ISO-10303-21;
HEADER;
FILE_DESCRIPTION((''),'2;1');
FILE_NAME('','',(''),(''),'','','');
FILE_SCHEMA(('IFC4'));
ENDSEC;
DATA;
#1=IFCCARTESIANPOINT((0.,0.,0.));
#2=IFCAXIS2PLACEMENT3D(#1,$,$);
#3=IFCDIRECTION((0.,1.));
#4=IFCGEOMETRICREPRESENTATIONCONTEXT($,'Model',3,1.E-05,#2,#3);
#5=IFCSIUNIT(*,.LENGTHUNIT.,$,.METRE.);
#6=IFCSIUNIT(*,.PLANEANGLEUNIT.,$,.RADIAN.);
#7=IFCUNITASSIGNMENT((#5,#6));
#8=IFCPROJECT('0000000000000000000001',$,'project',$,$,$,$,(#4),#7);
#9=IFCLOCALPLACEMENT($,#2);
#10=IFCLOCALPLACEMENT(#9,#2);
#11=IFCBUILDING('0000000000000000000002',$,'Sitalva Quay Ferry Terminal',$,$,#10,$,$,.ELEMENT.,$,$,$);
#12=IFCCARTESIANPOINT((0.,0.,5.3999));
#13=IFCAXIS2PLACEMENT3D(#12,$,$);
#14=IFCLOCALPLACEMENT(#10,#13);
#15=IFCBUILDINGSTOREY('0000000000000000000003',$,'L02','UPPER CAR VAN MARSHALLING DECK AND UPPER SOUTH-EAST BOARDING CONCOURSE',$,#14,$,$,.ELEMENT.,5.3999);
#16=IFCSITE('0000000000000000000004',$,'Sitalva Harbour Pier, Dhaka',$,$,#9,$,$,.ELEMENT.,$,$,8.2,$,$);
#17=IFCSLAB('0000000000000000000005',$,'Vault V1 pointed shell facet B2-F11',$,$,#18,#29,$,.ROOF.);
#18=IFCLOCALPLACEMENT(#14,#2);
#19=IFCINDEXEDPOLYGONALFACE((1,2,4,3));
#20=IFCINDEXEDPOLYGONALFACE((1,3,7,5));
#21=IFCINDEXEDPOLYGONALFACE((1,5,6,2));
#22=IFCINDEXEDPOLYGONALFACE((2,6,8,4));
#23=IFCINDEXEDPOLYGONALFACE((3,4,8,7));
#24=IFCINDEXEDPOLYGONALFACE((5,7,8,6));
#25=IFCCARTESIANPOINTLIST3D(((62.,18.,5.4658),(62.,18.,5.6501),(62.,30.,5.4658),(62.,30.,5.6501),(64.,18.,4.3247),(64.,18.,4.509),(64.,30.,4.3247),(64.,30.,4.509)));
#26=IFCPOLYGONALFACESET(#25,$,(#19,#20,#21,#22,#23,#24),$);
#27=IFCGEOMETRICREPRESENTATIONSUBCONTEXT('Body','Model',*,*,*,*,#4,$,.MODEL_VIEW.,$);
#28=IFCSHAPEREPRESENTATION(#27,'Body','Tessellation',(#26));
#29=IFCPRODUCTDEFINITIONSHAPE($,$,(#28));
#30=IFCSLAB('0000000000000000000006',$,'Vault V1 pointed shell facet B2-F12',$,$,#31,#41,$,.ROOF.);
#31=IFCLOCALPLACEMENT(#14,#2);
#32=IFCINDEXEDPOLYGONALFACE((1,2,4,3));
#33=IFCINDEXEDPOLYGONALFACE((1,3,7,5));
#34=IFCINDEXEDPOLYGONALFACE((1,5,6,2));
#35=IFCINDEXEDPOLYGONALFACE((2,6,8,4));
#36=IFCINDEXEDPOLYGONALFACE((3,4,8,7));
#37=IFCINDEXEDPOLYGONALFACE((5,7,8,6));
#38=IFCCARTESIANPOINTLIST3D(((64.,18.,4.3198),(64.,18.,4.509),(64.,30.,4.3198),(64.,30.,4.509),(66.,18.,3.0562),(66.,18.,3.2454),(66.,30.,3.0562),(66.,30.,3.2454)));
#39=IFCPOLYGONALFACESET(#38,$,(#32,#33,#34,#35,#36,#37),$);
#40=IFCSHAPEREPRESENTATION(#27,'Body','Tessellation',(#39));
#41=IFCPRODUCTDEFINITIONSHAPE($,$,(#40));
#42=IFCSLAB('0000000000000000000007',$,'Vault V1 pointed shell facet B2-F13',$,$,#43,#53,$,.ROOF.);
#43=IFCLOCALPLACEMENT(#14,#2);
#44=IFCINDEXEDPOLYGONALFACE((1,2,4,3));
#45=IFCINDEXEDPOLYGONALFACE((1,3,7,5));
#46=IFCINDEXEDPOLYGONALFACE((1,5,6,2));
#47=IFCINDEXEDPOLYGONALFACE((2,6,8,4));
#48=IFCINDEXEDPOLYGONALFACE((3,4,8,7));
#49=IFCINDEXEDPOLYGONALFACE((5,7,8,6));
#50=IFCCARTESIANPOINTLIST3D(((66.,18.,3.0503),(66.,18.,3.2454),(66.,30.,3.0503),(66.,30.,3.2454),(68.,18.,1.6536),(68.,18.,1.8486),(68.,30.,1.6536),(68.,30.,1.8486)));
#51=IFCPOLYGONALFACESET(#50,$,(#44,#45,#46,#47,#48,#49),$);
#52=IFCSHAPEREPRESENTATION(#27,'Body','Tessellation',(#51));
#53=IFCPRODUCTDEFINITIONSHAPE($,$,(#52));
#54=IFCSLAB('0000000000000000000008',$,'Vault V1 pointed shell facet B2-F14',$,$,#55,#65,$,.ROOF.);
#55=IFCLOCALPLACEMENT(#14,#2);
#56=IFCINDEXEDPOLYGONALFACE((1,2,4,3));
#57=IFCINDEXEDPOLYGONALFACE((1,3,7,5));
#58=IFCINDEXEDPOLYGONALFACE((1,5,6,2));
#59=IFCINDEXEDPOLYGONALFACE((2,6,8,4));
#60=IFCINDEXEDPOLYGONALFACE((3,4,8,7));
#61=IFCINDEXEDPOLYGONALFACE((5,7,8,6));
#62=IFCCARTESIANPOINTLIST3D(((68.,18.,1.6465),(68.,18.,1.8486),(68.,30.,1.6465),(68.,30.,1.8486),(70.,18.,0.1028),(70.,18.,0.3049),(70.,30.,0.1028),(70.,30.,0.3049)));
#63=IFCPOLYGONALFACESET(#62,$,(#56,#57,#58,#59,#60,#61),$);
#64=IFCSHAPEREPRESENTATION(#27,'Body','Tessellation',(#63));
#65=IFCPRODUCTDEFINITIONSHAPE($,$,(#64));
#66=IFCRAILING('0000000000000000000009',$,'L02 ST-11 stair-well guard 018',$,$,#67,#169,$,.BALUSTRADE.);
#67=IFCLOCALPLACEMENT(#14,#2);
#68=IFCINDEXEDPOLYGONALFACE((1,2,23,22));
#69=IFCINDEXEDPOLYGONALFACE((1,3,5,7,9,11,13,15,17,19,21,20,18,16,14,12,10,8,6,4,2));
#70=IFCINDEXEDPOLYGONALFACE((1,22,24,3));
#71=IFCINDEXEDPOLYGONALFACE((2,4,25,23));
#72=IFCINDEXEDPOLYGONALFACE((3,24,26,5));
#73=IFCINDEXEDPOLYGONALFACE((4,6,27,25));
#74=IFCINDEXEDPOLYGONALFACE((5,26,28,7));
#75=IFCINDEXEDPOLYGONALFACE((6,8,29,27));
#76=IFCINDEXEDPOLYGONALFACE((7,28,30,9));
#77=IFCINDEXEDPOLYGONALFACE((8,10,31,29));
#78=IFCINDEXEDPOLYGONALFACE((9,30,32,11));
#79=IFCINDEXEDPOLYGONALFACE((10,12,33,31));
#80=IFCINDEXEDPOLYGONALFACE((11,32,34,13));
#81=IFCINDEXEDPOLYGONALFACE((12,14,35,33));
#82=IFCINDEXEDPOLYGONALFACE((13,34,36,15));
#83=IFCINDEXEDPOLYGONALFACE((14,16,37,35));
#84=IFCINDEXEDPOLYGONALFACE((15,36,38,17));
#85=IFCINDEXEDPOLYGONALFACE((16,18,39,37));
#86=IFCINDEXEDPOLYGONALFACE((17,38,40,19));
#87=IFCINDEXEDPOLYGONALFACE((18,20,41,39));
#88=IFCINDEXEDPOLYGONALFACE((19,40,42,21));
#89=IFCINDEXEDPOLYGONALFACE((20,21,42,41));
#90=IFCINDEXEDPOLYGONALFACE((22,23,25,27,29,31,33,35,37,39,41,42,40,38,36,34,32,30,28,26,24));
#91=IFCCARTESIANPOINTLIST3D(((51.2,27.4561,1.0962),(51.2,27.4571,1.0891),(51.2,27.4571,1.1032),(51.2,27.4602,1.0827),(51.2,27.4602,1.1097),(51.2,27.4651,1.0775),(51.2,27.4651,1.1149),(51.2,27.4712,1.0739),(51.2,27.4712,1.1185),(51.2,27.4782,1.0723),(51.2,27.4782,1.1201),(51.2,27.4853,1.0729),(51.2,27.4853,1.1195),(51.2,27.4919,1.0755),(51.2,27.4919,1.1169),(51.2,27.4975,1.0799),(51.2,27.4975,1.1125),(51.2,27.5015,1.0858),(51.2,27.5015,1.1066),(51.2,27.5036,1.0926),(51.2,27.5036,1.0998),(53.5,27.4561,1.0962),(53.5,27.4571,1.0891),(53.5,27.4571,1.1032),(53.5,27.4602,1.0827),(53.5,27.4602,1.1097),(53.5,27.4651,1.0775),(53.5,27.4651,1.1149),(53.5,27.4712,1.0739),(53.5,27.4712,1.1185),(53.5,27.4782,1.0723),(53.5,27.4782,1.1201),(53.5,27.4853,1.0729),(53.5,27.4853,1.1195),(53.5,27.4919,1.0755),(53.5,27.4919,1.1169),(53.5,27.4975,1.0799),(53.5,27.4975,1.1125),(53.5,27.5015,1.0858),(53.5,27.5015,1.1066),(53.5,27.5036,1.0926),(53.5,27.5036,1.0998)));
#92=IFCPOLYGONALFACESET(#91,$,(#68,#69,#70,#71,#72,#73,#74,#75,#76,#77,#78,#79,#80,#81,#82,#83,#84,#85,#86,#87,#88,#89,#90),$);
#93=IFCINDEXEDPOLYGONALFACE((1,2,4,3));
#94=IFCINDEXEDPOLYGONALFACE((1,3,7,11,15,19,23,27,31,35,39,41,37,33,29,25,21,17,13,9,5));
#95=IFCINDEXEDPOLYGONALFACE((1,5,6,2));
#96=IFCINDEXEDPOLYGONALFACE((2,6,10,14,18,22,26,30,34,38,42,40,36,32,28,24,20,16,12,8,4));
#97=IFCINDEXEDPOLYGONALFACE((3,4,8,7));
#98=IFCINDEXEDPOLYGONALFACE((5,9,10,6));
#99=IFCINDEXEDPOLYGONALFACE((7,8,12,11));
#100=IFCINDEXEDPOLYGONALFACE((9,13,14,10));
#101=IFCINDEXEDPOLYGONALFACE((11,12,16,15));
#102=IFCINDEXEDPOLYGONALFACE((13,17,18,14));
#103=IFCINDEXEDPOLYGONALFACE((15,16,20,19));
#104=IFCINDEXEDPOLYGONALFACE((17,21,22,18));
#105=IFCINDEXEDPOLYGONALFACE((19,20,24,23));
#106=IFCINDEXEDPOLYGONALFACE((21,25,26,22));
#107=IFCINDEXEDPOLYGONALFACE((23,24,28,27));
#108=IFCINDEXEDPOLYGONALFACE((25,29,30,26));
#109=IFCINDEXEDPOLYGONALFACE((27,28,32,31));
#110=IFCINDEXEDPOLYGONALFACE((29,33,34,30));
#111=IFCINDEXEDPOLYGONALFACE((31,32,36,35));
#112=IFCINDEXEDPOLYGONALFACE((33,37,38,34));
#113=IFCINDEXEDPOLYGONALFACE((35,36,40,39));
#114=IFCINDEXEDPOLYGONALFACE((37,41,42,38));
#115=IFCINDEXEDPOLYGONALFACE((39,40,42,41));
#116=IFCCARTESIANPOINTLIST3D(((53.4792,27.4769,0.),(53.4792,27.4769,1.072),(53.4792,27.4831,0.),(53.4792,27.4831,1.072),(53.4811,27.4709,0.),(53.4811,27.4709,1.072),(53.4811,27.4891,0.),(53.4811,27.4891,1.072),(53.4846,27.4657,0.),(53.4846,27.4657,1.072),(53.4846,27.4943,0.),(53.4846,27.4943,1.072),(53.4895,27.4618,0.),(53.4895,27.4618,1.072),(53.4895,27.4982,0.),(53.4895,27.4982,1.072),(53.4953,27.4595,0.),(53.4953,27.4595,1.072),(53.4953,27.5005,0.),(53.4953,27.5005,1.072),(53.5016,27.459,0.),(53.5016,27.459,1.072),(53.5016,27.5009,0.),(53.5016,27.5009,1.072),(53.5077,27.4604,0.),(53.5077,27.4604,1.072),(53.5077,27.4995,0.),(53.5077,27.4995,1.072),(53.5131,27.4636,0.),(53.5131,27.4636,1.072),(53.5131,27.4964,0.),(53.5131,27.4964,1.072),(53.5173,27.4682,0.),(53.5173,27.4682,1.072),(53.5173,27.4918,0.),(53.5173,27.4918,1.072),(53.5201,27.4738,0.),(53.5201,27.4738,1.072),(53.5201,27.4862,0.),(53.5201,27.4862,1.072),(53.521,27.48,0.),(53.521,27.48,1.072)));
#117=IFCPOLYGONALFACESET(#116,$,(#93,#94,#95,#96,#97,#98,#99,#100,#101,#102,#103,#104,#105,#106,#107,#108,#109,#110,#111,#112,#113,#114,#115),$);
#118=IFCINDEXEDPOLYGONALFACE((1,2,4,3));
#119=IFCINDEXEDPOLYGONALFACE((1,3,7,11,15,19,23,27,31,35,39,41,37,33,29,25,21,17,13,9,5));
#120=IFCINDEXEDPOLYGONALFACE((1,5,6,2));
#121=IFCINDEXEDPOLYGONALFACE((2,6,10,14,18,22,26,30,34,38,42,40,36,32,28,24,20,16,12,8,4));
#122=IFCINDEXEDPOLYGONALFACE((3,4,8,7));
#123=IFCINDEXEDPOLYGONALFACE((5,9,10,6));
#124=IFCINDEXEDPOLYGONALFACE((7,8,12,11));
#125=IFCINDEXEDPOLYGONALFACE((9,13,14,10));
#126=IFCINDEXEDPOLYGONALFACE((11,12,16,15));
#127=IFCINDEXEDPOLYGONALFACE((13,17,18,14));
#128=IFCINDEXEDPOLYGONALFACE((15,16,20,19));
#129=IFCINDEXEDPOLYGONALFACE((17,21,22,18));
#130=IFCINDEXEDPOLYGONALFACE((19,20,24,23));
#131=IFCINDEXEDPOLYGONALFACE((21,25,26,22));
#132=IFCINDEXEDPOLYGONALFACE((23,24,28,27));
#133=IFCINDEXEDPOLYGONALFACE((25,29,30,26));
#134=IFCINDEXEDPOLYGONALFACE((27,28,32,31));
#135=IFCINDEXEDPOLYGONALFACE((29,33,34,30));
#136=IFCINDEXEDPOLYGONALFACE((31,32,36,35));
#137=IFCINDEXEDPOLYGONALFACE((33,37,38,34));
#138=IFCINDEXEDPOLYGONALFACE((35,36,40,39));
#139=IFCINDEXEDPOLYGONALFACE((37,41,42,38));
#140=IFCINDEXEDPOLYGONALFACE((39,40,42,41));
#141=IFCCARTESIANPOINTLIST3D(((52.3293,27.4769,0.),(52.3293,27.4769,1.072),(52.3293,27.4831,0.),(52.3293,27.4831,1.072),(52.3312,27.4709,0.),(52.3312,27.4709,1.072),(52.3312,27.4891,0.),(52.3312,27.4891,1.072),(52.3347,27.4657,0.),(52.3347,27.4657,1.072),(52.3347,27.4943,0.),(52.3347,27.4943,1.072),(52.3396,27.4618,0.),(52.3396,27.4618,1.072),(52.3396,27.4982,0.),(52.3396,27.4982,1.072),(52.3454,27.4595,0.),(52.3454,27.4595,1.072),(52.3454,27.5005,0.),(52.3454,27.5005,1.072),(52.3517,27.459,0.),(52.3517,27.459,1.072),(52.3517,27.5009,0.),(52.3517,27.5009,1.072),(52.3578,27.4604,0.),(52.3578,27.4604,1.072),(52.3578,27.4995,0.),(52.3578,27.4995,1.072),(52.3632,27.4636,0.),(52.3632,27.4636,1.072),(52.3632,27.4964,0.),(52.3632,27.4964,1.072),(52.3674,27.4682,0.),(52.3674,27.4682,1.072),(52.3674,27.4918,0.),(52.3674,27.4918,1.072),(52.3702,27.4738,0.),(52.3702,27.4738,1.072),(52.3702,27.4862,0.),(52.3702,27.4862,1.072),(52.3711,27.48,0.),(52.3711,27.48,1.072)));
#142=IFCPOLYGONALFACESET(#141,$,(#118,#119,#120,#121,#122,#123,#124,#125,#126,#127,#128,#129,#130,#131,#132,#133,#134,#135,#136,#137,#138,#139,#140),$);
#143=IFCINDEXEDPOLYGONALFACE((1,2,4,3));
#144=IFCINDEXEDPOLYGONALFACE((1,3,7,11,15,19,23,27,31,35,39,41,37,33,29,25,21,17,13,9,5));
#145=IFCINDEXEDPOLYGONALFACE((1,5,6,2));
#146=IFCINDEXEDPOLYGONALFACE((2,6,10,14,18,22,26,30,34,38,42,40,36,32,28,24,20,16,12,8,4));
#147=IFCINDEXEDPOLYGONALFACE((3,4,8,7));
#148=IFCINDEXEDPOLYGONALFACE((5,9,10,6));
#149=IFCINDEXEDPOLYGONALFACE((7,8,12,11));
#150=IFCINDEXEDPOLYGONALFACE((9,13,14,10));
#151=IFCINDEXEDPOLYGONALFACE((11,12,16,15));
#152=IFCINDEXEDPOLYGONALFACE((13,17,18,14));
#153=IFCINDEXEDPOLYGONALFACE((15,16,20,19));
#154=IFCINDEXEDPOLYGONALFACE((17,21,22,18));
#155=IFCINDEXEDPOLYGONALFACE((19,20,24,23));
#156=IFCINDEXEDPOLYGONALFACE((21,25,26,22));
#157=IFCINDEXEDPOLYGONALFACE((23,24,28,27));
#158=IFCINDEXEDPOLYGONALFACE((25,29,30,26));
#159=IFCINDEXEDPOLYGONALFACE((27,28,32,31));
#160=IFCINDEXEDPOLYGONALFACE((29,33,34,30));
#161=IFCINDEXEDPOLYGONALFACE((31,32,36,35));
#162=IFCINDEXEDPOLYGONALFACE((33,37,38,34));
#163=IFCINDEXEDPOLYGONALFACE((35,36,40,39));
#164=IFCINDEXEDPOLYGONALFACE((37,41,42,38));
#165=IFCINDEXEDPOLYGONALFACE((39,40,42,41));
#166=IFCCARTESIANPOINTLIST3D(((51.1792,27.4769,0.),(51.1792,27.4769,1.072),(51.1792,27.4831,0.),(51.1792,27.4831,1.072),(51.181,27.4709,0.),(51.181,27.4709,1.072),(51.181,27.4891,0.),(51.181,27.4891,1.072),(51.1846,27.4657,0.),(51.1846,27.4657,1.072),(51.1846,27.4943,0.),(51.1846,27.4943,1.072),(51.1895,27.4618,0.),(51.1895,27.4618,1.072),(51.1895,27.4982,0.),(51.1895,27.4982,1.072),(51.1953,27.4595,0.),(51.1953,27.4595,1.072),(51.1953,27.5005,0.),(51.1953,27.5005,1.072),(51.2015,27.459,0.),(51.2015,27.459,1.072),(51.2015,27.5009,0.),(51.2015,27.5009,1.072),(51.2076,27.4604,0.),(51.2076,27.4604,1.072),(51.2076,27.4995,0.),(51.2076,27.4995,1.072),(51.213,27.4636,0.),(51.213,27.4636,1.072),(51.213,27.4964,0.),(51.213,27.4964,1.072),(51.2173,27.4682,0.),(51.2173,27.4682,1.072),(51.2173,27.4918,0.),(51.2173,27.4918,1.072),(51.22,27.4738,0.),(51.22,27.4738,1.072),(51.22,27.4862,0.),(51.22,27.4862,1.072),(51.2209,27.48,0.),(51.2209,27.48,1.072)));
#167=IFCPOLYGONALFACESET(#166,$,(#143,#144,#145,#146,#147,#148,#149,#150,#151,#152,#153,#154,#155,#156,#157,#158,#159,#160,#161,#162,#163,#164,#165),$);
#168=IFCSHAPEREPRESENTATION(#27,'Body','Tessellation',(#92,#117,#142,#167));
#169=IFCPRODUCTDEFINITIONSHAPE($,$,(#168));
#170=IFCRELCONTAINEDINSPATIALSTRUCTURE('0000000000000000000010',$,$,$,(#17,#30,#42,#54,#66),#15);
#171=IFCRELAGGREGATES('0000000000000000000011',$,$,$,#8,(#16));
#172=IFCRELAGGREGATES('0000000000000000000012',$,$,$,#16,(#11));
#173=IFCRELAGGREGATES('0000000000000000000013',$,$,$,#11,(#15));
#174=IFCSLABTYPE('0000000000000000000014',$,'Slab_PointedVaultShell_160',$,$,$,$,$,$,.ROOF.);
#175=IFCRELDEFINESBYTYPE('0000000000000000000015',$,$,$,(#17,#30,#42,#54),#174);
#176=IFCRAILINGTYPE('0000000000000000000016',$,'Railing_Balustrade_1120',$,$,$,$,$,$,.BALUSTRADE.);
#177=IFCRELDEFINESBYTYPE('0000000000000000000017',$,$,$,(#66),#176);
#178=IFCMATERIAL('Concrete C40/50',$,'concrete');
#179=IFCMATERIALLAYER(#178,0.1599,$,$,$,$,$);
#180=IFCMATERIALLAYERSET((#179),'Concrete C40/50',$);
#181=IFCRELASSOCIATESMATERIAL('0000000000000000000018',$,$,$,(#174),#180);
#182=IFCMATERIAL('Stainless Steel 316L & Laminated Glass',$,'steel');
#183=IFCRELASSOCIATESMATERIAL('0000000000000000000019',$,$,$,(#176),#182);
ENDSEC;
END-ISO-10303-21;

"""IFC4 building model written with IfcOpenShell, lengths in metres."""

from ifc_helpers import new_model, si_unit, direction, frame, origin, origin_2d, place, context, subcontext, project, spatial, polyline, circle, outline, extrude, material, layer, layer_set, type_object, element, save


model = new_model("IFC4")

# Units and contexts
model_context = context("Model", 3, precision=1e-05, world=origin(), true_north=direction((0.0, 1.0)))
body_context = subcontext(model_context, "Body", "Model", "MODEL_VIEW")
ifc_project = project(units=[si_unit("LENGTHUNIT", "METRE"), si_unit("PLANEANGLEUNIT", "RADIAN")], contexts=[model_context])

# Site, building, storey
site_placement = place(None, origin())
site = spatial("IfcSite", under=ifc_project, at=site_placement, Name="Sitalva Harbour Pier, Dhaka", CompositionType="ELEMENT", RefElevation=8.2)
building_placement = place(site_placement, origin())
building = spatial("IfcBuilding", under=site, at=building_placement, Name="Sitalva Quay Ferry Terminal", CompositionType="ELEMENT")
storey_placement = place(building_placement, frame((0.0, 0.0, 5.3999)))
storey = spatial("IfcBuildingStorey", under=building, at=storey_placement, Name="L02", Description="UPPER CAR VAN MARSHALLING DECK AND UPPER SOUTH-EAST BOARDING CONCOURSE", CompositionType="ELEMENT", Elevation=5.3999)

# Slabs
ifc_material_1 = material(Name="Concrete C40/50", Category="concrete")
ifc_layer = layer(ifc_material_1, 0.1599)
ifc_layer_set = layer_set([ifc_layer], Name="Concrete C40/50")
slab_type = type_object("IfcSlabType", Name="Slab_PointedVaultShell_160", PredefinedType="ROOF", material=ifc_layer_set)
slab_1_placement = place(storey_placement, frame((62.0, 18.0, 5.6501), z_axis=(0.495568, 0.0, 0.868569), x_axis=(0.868569, 0.0, -0.495568)))
element("IfcSlab", 1, at=slab_1_placement, inside=storey, type_object=slab_type, Name="Vault V1 pointed shell facet B2-F11", PredefinedType="ROOF", context=body_context, shape_type="SweptSolid", body=[
    extrude(outline(polyline([(0.0, 0.0), (2.3026, 0.0), (2.3026, 12.0), (0.0, 12.0), (0.0, 0.0)])), origin(), (0.495568, 0.0, -0.868569), 0.1843),
])
slab_2_placement = place(storey_placement, frame((64.0, 18.0, 4.509), z_axis=(0.534148, 0.0, 0.845391), x_axis=(0.845391, 0.0, -0.534148)))
element("IfcSlab", 2, at=slab_2_placement, inside=storey, type_object=slab_type, Name="Vault V1 pointed shell facet B2-F12", PredefinedType="ROOF", context=body_context, shape_type="SweptSolid", body=[
    extrude(outline(polyline([(0.0, 0.0), (2.3658, 0.0), (2.3658, 12.0), (0.0, 12.0), (0.0, 0.0)])), origin(), (0.534148, 0.0, -0.845391), 0.1892),
])
slab_3_placement = place(storey_placement, frame((66.0, 18.0, 3.2454), z_axis=(0.572562, 0.0, 0.819861), x_axis=(0.819861, 0.0, -0.572562)))
element("IfcSlab", 3, at=slab_3_placement, inside=storey, type_object=slab_type, Name="Vault V1 pointed shell facet B2-F13", PredefinedType="ROOF", context=body_context, shape_type="SweptSolid", body=[
    extrude(outline(polyline([(0.0, 0.0), (2.4394, 0.0), (2.4394, 12.0), (0.0, 12.0), (0.0, 0.0)])), origin(), (0.572562, 0.0, -0.819861), 0.1951),
])
slab_4_placement = place(storey_placement, frame((68.0, 18.0, 1.8486), z_axis=(0.611013, 0.0, 0.791621), x_axis=(0.791621, 0.0, -0.611013)))
element("IfcSlab", 4, at=slab_4_placement, inside=storey, type_object=slab_type, Name="Vault V1 pointed shell facet B2-F14", PredefinedType="ROOF", context=body_context, shape_type="SweptSolid", body=[
    extrude(outline(polyline([(0.0, 0.0), (2.5265, 0.0), (2.5265, 12.0), (0.0, 12.0), (0.0, 0.0)])), origin(), (0.611013, 0.0, -0.791621), 0.2021),
])

# Railing
ifc_material_2 = material(Name="Stainless Steel 316L & Laminated Glass", Category="steel")
railing_type = type_object("IfcRailingType", Name="Railing_Balustrade_1120", PredefinedType="BALUSTRADE", material=ifc_material_2)
railing_1_placement = place(storey_placement, frame((53.5, 27.48, 0.0)))
element("IfcRailing", 5, at=railing_1_placement, inside=storey, type_object=railing_type, Name="L02 ST-11 stair-well guard 018", PredefinedType="BALUSTRADE", context=body_context, shape_type="SweptSolid", body=[
    extrude(circle(Radius=0.0239, at=origin_2d()), frame((0.0, 0.0, 1.0962), z_axis=(-1.0, 0.0, 0.0), x_axis=(0.0, -1.0, 0.0)), (0.0, 0.0, 1.0), 2.3),
    extrude(circle(Radius=0.021, at=origin_2d()), origin(), (0.0, 0.0, 1.0), 1.072),
    extrude(circle(Radius=0.021, at=origin_2d()), frame((-1.1499, 0.0, 0.0)), (0.0, 0.0, 1.0), 1.072),
    extrude(circle(Radius=0.021, at=origin_2d()), frame((-2.3, 0.0, 0.0)), (0.0, 0.0, 1.0), 1.072),
])

save(model, "model.ifc")
